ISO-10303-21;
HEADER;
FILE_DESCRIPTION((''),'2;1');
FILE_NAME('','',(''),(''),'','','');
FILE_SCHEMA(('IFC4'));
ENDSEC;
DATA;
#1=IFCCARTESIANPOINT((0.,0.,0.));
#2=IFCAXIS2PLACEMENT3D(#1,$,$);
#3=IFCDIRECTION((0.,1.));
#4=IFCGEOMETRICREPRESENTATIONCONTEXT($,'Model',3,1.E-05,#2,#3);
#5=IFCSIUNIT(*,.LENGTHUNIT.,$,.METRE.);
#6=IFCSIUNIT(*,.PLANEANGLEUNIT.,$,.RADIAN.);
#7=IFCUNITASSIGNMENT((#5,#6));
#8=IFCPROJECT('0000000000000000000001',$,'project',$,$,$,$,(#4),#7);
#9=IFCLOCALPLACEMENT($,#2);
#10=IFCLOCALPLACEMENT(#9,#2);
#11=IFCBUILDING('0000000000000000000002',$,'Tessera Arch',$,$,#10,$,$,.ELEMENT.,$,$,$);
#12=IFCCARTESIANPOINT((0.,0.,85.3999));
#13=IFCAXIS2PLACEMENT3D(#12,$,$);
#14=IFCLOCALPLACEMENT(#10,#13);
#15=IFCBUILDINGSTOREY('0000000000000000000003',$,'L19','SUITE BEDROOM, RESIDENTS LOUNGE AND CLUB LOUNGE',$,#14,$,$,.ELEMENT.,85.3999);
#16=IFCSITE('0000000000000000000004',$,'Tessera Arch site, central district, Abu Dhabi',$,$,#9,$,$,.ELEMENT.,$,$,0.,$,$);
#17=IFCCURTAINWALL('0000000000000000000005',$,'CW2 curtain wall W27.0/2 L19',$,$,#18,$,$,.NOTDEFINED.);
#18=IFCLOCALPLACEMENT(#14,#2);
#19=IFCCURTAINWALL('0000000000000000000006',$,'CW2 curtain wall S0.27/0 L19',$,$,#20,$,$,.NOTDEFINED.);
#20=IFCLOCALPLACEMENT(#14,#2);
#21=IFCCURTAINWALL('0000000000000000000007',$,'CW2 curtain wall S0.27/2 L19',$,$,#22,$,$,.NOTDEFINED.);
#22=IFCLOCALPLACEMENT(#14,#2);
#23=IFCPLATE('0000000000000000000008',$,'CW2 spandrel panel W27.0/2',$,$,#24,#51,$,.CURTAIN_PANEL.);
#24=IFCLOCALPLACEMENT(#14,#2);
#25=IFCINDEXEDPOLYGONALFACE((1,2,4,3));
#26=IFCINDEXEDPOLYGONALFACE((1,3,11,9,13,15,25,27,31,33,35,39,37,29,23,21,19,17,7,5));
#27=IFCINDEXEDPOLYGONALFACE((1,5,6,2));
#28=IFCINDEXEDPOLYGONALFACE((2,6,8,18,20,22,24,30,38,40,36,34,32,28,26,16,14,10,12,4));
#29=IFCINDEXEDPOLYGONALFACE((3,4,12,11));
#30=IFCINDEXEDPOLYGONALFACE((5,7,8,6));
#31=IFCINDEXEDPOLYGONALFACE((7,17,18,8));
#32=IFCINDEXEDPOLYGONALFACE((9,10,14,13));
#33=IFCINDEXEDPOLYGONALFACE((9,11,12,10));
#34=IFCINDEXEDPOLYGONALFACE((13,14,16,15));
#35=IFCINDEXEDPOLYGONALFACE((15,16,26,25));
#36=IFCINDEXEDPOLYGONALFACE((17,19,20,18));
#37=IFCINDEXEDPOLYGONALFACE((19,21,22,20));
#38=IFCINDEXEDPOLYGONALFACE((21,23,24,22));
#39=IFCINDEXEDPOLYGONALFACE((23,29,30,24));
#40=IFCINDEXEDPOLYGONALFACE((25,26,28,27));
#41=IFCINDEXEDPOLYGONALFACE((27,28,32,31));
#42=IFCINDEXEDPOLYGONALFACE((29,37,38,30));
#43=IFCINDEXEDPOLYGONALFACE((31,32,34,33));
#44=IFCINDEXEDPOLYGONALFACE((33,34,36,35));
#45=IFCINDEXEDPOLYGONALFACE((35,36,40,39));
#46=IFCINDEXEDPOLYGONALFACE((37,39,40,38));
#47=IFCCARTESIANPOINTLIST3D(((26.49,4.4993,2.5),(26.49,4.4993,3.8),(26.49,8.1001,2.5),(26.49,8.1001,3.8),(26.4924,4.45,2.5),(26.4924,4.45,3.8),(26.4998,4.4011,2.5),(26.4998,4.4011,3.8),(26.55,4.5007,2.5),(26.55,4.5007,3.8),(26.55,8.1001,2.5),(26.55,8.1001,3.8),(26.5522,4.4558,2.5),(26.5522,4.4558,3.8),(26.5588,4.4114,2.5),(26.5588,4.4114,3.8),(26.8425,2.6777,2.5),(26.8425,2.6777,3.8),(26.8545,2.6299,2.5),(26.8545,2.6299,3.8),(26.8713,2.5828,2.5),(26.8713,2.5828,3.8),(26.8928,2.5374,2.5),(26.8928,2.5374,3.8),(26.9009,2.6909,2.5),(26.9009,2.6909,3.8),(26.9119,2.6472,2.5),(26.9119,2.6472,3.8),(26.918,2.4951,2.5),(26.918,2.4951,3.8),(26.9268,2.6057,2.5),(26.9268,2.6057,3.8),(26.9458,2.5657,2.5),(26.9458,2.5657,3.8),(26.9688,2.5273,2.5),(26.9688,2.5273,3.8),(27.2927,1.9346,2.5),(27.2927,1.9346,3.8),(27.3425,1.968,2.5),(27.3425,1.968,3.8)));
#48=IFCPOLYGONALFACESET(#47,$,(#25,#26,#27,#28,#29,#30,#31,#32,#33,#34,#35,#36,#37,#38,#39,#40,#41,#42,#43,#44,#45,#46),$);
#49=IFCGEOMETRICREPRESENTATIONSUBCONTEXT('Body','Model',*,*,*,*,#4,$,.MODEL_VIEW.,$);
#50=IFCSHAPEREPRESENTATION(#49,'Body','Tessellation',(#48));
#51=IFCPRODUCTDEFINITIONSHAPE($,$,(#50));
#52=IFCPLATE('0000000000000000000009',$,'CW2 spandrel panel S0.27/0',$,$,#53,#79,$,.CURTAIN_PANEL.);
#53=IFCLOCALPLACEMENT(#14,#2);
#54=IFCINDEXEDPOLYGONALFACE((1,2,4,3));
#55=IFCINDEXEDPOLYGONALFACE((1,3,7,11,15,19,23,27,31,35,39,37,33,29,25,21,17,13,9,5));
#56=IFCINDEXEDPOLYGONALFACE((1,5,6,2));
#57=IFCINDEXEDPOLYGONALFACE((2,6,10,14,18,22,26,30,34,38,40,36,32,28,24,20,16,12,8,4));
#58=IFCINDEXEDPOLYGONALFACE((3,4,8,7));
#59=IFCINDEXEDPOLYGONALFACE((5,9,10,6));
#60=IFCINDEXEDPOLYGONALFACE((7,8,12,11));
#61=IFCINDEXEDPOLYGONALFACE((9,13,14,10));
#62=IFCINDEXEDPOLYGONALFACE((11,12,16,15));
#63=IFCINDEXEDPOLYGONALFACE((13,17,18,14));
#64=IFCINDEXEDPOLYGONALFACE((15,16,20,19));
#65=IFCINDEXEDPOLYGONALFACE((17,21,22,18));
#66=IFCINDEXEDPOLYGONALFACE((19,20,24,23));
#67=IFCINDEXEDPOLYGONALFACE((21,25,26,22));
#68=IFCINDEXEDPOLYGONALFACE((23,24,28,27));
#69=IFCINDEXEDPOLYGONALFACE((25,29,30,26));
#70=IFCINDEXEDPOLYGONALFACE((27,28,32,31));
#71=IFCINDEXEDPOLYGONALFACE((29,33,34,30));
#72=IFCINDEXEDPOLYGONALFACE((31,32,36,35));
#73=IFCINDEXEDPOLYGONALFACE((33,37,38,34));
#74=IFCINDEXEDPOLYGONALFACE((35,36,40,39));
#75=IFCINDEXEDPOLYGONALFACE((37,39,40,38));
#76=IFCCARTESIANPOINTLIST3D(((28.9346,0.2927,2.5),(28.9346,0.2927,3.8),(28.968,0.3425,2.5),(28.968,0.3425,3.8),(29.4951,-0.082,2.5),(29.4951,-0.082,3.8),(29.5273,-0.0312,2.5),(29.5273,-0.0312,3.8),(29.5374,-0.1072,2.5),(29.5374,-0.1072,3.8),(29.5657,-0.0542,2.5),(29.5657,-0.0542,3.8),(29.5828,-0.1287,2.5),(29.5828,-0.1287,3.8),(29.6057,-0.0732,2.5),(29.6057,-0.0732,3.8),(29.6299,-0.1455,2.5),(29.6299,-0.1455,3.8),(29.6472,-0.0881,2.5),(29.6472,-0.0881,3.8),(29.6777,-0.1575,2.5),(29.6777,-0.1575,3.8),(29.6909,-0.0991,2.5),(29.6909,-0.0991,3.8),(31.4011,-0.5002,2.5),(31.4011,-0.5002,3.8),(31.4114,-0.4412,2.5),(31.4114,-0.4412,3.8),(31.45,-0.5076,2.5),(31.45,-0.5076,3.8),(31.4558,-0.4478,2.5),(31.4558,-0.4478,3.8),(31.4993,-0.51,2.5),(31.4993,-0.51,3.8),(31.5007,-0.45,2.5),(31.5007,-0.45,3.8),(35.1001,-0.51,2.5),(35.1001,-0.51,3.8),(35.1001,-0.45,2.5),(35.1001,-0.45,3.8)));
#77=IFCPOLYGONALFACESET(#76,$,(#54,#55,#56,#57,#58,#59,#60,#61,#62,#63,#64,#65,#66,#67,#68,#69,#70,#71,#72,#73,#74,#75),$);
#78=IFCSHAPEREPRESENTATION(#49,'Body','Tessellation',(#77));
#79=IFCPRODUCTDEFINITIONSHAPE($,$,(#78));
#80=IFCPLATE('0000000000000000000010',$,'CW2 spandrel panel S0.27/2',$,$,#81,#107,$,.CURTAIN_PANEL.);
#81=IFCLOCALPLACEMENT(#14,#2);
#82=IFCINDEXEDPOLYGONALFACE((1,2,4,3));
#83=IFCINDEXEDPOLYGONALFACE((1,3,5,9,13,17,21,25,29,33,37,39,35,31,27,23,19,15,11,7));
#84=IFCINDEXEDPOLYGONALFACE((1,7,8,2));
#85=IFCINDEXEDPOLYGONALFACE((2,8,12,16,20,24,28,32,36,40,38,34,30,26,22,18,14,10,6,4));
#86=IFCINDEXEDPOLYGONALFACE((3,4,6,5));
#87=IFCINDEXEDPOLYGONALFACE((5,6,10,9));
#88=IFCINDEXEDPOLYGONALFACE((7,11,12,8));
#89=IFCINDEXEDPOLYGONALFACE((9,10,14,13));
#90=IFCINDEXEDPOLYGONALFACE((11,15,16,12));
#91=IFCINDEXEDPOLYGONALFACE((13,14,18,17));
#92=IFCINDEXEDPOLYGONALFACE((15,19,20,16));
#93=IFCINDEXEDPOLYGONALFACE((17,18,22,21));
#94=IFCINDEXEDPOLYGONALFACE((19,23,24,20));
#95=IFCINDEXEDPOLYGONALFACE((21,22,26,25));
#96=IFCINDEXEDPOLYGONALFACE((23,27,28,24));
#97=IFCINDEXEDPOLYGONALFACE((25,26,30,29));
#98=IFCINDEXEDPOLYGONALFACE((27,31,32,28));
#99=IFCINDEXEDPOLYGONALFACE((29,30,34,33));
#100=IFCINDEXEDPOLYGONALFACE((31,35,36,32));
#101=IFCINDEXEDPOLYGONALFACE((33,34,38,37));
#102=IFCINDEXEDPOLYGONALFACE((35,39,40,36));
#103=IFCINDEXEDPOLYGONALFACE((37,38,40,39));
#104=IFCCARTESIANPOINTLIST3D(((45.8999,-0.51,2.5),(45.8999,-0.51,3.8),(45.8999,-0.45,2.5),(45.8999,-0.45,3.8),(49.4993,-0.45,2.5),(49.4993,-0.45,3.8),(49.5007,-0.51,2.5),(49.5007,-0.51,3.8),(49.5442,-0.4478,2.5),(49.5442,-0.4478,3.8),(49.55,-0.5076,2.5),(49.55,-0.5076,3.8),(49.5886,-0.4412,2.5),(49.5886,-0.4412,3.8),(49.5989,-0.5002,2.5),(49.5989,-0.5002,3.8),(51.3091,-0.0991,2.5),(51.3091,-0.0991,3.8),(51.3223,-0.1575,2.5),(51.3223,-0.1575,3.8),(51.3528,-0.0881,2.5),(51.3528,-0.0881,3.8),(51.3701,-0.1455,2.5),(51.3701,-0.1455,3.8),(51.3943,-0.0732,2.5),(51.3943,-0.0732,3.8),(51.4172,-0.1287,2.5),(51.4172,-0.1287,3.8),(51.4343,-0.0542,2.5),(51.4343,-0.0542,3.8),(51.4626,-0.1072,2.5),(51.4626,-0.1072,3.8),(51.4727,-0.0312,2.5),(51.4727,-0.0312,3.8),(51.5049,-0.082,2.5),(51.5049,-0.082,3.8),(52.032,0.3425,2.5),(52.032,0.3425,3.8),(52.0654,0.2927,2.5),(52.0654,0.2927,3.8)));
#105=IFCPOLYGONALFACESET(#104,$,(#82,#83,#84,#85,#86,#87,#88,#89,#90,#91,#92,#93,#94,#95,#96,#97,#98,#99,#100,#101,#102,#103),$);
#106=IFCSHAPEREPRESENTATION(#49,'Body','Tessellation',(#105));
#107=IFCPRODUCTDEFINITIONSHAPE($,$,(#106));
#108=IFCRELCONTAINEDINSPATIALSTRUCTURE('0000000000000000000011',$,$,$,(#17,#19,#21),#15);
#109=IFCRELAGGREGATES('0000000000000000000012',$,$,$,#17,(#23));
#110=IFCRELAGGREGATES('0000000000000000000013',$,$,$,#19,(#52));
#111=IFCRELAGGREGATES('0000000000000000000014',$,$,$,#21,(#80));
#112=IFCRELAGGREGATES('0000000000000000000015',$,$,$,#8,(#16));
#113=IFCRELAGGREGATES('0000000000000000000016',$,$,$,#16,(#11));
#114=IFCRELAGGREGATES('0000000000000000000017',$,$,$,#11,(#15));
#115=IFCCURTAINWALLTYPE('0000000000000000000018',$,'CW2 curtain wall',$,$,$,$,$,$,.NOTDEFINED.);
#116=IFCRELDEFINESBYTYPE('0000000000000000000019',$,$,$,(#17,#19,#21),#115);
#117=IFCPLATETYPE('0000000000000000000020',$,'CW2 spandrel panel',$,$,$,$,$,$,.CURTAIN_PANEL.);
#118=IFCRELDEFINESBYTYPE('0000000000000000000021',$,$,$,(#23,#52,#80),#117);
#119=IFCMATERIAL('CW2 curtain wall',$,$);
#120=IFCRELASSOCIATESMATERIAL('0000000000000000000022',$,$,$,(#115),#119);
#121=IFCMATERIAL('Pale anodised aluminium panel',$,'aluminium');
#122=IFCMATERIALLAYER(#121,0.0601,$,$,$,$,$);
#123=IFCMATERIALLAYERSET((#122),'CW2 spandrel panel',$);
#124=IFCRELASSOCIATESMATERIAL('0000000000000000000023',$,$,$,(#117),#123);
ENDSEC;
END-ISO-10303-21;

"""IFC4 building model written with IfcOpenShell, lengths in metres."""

from ifc_helpers import new_model, si_unit, direction, frame, origin, place, context, subcontext, project, spatial, polyline, outline, extrude, material, layer, layer_set, type_object, element, aggregate, save


model = new_model("IFC4")

# Units and contexts
model_context = context("Model", 3, precision=1e-05, world=origin(), true_north=direction((0.0, 1.0)))
body_context = subcontext(model_context, "Body", "Model", "MODEL_VIEW")
ifc_project = project(units=[si_unit("LENGTHUNIT", "METRE"), si_unit("PLANEANGLEUNIT", "RADIAN")], contexts=[model_context])

# Site, building, storey
site_placement = place(None, origin())
site = spatial("IfcSite", under=ifc_project, at=site_placement, Name="Tessera Arch site, central district, Abu Dhabi", CompositionType="ELEMENT", RefElevation=0.0)
building_placement = place(site_placement, origin())
building = spatial("IfcBuilding", under=site, at=building_placement, Name="Tessera Arch", CompositionType="ELEMENT")
storey_placement = place(building_placement, frame((0.0, 0.0, 85.3999)))
storey = spatial("IfcBuildingStorey", under=building, at=storey_placement, Name="L19", Description="SUITE BEDROOM, RESIDENTS LOUNGE AND CLUB LOUNGE", CompositionType="ELEMENT", Elevation=85.3999)

# Curtain walls
ifc_material_1 = material(Name="CW2 curtain wall")
curtain_wall_type = type_object("IfcCurtainWallType", Name="CW2 curtain wall", PredefinedType="NOTDEFINED", material=ifc_material_1)
curtain_wall_1_placement = place(storey_placement, origin())
curtain_wall_1 = element("IfcCurtainWall", 1, at=curtain_wall_1_placement, inside=storey, type_object=curtain_wall_type, Name="CW2 curtain wall W27.0/2 L19", PredefinedType="NOTDEFINED")
curtain_wall_2_placement = place(storey_placement, origin())
curtain_wall_2 = element("IfcCurtainWall", 2, at=curtain_wall_2_placement, inside=storey, type_object=curtain_wall_type, Name="CW2 curtain wall S0.27/0 L19", PredefinedType="NOTDEFINED")
curtain_wall_3_placement = place(storey_placement, origin())
curtain_wall_3 = element("IfcCurtainWall", 3, at=curtain_wall_3_placement, inside=storey, type_object=curtain_wall_type, Name="CW2 curtain wall S0.27/2 L19", PredefinedType="NOTDEFINED")

# Plates
ifc_material_2 = material(Name="Pale anodised aluminium panel", Category="aluminium")
ifc_layer_1 = layer(ifc_material_2, 0.0601)
ifc_layer_set_1 = layer_set([ifc_layer_1], Name="CW2 spandrel panel")
plate_type_1 = type_object("IfcPlateType", Name="CW2 spandrel panel", PredefinedType="CURTAIN_PANEL", material=ifc_layer_set_1)
plate_1_placement = place(storey_placement, frame((0.0, 0.0, 2.5)))
plate_1 = element("IfcPlate", 4, at=plate_1_placement, type_object=plate_type_1, Name="CW2 spandrel panel W27.0/2", PredefinedType="CURTAIN_PANEL", context=body_context, shape_type="SweptSolid", body=[
    extrude(outline(polyline([(26.55, 4.5007), (26.55, 8.1001), (26.49, 8.1001), (26.49, 4.4993), (26.4924, 4.45), (26.4998, 4.4011), (26.8425, 2.6777), (26.8545, 2.6299), (26.8713, 2.5828), (26.8928, 2.5374), (26.918, 2.4951), (27.2927, 1.9346), (27.3425, 1.968), (26.9688, 2.5273), (26.9458, 2.5657), (26.9268, 2.6057), (26.9119, 2.6472), (26.9009, 2.6909), (26.5588, 4.4114), (26.5522, 4.4558), (26.55, 4.5007)])), origin(), (0.0, 0.0, 1.0), 1.3),
])
aggregate(curtain_wall_1, [plate_1])
plate_2_placement = place(storey_placement, frame((0.0, 0.0, 2.5)))
plate_2 = element("IfcPlate", 5, at=plate_2_placement, type_object=plate_type_1, Name="CW2 spandrel panel S0.27/0", PredefinedType="CURTAIN_PANEL", context=body_context, shape_type="SweptSolid", body=[
    extrude(outline(polyline([(29.5273, -0.0312), (28.968, 0.3425), (28.9346, 0.2927), (29.4951, -0.082), (29.5374, -0.1072), (29.5828, -0.1287), (29.6299, -0.1455), (29.6777, -0.1575), (31.4011, -0.5002), (31.45, -0.5076), (31.4993, -0.51), (35.1001, -0.51), (35.1001, -0.45), (31.5007, -0.45), (31.4558, -0.4478), (31.4114, -0.4412), (29.6909, -0.0991), (29.6472, -0.0881), (29.6057, -0.0732), (29.5657, -0.0542), (29.5273, -0.0312)])), origin(), (0.0, 0.0, 1.0), 1.3),
])
aggregate(curtain_wall_2, [plate_2])
plate_3_placement = place(storey_placement, frame((0.0, 0.0, 2.5)))
plate_3 = element("IfcPlate", 6, at=plate_3_placement, type_object=plate_type_1, Name="CW2 spandrel panel S0.27/2", PredefinedType="CURTAIN_PANEL", context=body_context, shape_type="SweptSolid", body=[
    extrude(outline(polyline([(49.4993, -0.45), (45.8999, -0.45), (45.8999, -0.51), (49.5007, -0.51), (49.55, -0.5076), (49.5989, -0.5002), (51.3223, -0.1575), (51.3701, -0.1455), (51.4172, -0.1287), (51.4626, -0.1072), (51.5049, -0.082), (52.0654, 0.2927), (52.032, 0.3425), (51.4727, -0.0312), (51.4343, -0.0542), (51.3943, -0.0732), (51.3528, -0.0881), (51.3091, -0.0991), (49.5886, -0.4412), (49.5442, -0.4478), (49.4993, -0.45)])), origin(), (0.0, 0.0, 1.0), 1.3),
])
aggregate(curtain_wall_3, [plate_3])

save(model, "model.ifc")
